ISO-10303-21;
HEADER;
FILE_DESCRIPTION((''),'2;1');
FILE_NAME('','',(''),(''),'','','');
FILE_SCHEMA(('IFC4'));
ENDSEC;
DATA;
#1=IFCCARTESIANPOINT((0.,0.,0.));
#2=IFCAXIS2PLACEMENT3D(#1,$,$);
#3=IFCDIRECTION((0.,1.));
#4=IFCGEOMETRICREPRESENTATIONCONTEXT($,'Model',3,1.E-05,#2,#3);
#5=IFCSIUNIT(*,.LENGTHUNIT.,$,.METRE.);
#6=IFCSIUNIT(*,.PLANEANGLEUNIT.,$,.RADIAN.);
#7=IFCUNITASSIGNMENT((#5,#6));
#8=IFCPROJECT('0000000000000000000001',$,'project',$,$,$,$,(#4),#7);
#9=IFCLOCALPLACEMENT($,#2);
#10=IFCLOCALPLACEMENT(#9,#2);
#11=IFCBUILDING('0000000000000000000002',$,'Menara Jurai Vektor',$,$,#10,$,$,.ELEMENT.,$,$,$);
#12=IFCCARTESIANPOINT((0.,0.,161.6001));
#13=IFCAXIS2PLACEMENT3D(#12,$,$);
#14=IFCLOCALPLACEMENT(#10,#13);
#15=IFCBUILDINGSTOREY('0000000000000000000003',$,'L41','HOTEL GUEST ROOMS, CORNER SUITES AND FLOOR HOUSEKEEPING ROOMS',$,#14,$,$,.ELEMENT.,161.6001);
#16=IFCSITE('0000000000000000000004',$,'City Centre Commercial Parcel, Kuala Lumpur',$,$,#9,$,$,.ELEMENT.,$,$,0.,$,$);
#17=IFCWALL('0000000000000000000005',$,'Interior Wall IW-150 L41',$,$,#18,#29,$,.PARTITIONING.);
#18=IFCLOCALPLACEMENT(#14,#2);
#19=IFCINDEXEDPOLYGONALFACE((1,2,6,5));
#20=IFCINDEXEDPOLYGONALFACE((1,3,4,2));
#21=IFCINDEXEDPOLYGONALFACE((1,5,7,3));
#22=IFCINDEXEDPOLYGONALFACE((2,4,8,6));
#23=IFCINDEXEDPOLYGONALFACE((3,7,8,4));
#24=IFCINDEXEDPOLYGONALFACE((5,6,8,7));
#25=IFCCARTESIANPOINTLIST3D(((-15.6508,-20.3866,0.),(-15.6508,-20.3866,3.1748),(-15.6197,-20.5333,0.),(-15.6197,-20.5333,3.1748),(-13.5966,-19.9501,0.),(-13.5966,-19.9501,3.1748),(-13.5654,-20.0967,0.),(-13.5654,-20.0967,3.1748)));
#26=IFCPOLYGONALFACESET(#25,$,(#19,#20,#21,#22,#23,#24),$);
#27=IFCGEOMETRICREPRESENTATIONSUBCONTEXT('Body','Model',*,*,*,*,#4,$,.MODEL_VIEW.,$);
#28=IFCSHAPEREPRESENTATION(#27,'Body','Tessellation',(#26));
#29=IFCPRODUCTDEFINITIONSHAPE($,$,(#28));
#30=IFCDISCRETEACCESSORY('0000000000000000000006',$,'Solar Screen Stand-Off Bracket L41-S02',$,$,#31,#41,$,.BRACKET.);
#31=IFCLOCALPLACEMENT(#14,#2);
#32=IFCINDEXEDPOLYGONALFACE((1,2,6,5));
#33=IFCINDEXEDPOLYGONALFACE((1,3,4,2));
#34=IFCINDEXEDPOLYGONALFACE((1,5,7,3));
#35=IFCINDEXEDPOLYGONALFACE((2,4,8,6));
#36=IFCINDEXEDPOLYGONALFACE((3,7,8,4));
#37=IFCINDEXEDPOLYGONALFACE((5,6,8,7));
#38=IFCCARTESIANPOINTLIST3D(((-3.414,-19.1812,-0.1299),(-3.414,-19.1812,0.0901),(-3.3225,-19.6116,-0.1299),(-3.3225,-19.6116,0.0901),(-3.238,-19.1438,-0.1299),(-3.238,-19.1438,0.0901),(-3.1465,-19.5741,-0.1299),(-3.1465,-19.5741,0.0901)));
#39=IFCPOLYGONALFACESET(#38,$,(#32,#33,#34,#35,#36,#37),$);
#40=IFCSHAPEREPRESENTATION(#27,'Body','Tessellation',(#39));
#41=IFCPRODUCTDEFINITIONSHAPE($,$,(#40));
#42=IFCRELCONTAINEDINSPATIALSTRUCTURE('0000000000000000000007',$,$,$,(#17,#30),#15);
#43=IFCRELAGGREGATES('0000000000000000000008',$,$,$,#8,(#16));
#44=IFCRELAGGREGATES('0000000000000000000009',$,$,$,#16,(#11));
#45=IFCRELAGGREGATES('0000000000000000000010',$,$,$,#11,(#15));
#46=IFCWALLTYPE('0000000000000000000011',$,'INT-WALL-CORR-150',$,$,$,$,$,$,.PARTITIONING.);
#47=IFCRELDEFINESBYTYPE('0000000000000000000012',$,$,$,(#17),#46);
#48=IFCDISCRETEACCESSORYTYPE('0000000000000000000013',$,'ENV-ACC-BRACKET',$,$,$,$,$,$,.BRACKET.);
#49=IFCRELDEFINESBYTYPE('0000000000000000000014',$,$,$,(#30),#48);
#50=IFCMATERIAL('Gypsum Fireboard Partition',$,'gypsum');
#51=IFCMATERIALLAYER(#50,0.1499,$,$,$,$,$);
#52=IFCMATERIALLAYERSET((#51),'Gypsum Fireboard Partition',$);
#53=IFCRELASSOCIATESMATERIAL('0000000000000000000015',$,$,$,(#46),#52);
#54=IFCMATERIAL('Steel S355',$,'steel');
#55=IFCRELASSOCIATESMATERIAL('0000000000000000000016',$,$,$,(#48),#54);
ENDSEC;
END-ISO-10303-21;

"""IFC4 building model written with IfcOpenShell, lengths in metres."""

from ifc_helpers import new_model, si_unit, direction, frame, frame_2d, origin, origin_2d, place, context, subcontext, project, spatial, rectangle, extrude, material, layer, layer_set, type_object, element, save


model = new_model("IFC4")

# Units and contexts
model_context = context("Model", 3, precision=1e-05, world=origin(), true_north=direction((0.0, 1.0)))
body_context = subcontext(model_context, "Body", "Model", "MODEL_VIEW")
ifc_project = project(units=[si_unit("LENGTHUNIT", "METRE"), si_unit("PLANEANGLEUNIT", "RADIAN")], contexts=[model_context])

# Site, building, storey
site_placement = place(None, origin())
site = spatial("IfcSite", under=ifc_project, at=site_placement, Name="City Centre Commercial Parcel, Kuala Lumpur", CompositionType="ELEMENT", RefElevation=0.0)
building_placement = place(site_placement, origin())
building = spatial("IfcBuilding", under=site, at=building_placement, Name="Menara Jurai Vektor", CompositionType="ELEMENT")
storey_placement = place(building_placement, frame((0.0, 0.0, 161.6001)))
storey = spatial("IfcBuildingStorey", under=building, at=storey_placement, Name="L41", Description="HOTEL GUEST ROOMS, CORNER SUITES AND FLOOR HOUSEKEEPING ROOMS", CompositionType="ELEMENT", Elevation=161.6001)

# Shared definitions
ifc_material_1 = material(Name="Steel S355", Category="steel")

# Shared definitions
ifc_material_2 = material(Name="Gypsum Fireboard Partition", Category="gypsum")
ifc_layer_1 = layer(ifc_material_2, 0.1499)
ifc_layer_set_1 = layer_set([ifc_layer_1], Name="Gypsum Fireboard Partition")
wall_type = type_object("IfcWallType", Name="INT-WALL-CORR-150", PredefinedType="PARTITIONING", material=ifc_layer_set_1)

# Wall
wall_1_placement = place(storey_placement, frame((-15.6353, -20.46, 0.0), z_axis=(0.0, 0.0, 1.0), x_axis=(0.978158, 0.207862, 0.0)))
element("IfcWall", 1, at=wall_1_placement, inside=storey, type_object=wall_type, Name="Interior Wall IW-150 L41", PredefinedType="PARTITIONING", context=body_context, shape_type="SweptSolid", body=[
    extrude(rectangle(XDim=2.1001, YDim=0.1499, at=frame_2d((1.05, 0.0))), origin(), (0.0, 0.0, 1.0), 3.1748),
])

# Discrete accessory
discrete_accessory_type = type_object("IfcDiscreteAccessoryType", Name="ENV-ACC-BRACKET", PredefinedType="BRACKET", material=ifc_material_1)
discrete_accessory_placement = place(storey_placement, frame((-3.2803, -19.3777, -0.1299), z_axis=(0.0, 0.0, 1.0), x_axis=(0.978148, 0.207912, 0.0)))
element("IfcDiscreteAccessory", 2, at=discrete_accessory_placement, inside=storey, type_object=discrete_accessory_type, Name="Solar Screen Stand-Off Bracket L41-S02", PredefinedType="BRACKET", context=body_context, shape_type="SweptSolid", body=[
    extrude(rectangle(XDim=0.1799, YDim=0.4399, at=origin_2d()), origin(), (0.0, 0.0, 1.0), 0.22),
])

save(model, "model.ifc")
